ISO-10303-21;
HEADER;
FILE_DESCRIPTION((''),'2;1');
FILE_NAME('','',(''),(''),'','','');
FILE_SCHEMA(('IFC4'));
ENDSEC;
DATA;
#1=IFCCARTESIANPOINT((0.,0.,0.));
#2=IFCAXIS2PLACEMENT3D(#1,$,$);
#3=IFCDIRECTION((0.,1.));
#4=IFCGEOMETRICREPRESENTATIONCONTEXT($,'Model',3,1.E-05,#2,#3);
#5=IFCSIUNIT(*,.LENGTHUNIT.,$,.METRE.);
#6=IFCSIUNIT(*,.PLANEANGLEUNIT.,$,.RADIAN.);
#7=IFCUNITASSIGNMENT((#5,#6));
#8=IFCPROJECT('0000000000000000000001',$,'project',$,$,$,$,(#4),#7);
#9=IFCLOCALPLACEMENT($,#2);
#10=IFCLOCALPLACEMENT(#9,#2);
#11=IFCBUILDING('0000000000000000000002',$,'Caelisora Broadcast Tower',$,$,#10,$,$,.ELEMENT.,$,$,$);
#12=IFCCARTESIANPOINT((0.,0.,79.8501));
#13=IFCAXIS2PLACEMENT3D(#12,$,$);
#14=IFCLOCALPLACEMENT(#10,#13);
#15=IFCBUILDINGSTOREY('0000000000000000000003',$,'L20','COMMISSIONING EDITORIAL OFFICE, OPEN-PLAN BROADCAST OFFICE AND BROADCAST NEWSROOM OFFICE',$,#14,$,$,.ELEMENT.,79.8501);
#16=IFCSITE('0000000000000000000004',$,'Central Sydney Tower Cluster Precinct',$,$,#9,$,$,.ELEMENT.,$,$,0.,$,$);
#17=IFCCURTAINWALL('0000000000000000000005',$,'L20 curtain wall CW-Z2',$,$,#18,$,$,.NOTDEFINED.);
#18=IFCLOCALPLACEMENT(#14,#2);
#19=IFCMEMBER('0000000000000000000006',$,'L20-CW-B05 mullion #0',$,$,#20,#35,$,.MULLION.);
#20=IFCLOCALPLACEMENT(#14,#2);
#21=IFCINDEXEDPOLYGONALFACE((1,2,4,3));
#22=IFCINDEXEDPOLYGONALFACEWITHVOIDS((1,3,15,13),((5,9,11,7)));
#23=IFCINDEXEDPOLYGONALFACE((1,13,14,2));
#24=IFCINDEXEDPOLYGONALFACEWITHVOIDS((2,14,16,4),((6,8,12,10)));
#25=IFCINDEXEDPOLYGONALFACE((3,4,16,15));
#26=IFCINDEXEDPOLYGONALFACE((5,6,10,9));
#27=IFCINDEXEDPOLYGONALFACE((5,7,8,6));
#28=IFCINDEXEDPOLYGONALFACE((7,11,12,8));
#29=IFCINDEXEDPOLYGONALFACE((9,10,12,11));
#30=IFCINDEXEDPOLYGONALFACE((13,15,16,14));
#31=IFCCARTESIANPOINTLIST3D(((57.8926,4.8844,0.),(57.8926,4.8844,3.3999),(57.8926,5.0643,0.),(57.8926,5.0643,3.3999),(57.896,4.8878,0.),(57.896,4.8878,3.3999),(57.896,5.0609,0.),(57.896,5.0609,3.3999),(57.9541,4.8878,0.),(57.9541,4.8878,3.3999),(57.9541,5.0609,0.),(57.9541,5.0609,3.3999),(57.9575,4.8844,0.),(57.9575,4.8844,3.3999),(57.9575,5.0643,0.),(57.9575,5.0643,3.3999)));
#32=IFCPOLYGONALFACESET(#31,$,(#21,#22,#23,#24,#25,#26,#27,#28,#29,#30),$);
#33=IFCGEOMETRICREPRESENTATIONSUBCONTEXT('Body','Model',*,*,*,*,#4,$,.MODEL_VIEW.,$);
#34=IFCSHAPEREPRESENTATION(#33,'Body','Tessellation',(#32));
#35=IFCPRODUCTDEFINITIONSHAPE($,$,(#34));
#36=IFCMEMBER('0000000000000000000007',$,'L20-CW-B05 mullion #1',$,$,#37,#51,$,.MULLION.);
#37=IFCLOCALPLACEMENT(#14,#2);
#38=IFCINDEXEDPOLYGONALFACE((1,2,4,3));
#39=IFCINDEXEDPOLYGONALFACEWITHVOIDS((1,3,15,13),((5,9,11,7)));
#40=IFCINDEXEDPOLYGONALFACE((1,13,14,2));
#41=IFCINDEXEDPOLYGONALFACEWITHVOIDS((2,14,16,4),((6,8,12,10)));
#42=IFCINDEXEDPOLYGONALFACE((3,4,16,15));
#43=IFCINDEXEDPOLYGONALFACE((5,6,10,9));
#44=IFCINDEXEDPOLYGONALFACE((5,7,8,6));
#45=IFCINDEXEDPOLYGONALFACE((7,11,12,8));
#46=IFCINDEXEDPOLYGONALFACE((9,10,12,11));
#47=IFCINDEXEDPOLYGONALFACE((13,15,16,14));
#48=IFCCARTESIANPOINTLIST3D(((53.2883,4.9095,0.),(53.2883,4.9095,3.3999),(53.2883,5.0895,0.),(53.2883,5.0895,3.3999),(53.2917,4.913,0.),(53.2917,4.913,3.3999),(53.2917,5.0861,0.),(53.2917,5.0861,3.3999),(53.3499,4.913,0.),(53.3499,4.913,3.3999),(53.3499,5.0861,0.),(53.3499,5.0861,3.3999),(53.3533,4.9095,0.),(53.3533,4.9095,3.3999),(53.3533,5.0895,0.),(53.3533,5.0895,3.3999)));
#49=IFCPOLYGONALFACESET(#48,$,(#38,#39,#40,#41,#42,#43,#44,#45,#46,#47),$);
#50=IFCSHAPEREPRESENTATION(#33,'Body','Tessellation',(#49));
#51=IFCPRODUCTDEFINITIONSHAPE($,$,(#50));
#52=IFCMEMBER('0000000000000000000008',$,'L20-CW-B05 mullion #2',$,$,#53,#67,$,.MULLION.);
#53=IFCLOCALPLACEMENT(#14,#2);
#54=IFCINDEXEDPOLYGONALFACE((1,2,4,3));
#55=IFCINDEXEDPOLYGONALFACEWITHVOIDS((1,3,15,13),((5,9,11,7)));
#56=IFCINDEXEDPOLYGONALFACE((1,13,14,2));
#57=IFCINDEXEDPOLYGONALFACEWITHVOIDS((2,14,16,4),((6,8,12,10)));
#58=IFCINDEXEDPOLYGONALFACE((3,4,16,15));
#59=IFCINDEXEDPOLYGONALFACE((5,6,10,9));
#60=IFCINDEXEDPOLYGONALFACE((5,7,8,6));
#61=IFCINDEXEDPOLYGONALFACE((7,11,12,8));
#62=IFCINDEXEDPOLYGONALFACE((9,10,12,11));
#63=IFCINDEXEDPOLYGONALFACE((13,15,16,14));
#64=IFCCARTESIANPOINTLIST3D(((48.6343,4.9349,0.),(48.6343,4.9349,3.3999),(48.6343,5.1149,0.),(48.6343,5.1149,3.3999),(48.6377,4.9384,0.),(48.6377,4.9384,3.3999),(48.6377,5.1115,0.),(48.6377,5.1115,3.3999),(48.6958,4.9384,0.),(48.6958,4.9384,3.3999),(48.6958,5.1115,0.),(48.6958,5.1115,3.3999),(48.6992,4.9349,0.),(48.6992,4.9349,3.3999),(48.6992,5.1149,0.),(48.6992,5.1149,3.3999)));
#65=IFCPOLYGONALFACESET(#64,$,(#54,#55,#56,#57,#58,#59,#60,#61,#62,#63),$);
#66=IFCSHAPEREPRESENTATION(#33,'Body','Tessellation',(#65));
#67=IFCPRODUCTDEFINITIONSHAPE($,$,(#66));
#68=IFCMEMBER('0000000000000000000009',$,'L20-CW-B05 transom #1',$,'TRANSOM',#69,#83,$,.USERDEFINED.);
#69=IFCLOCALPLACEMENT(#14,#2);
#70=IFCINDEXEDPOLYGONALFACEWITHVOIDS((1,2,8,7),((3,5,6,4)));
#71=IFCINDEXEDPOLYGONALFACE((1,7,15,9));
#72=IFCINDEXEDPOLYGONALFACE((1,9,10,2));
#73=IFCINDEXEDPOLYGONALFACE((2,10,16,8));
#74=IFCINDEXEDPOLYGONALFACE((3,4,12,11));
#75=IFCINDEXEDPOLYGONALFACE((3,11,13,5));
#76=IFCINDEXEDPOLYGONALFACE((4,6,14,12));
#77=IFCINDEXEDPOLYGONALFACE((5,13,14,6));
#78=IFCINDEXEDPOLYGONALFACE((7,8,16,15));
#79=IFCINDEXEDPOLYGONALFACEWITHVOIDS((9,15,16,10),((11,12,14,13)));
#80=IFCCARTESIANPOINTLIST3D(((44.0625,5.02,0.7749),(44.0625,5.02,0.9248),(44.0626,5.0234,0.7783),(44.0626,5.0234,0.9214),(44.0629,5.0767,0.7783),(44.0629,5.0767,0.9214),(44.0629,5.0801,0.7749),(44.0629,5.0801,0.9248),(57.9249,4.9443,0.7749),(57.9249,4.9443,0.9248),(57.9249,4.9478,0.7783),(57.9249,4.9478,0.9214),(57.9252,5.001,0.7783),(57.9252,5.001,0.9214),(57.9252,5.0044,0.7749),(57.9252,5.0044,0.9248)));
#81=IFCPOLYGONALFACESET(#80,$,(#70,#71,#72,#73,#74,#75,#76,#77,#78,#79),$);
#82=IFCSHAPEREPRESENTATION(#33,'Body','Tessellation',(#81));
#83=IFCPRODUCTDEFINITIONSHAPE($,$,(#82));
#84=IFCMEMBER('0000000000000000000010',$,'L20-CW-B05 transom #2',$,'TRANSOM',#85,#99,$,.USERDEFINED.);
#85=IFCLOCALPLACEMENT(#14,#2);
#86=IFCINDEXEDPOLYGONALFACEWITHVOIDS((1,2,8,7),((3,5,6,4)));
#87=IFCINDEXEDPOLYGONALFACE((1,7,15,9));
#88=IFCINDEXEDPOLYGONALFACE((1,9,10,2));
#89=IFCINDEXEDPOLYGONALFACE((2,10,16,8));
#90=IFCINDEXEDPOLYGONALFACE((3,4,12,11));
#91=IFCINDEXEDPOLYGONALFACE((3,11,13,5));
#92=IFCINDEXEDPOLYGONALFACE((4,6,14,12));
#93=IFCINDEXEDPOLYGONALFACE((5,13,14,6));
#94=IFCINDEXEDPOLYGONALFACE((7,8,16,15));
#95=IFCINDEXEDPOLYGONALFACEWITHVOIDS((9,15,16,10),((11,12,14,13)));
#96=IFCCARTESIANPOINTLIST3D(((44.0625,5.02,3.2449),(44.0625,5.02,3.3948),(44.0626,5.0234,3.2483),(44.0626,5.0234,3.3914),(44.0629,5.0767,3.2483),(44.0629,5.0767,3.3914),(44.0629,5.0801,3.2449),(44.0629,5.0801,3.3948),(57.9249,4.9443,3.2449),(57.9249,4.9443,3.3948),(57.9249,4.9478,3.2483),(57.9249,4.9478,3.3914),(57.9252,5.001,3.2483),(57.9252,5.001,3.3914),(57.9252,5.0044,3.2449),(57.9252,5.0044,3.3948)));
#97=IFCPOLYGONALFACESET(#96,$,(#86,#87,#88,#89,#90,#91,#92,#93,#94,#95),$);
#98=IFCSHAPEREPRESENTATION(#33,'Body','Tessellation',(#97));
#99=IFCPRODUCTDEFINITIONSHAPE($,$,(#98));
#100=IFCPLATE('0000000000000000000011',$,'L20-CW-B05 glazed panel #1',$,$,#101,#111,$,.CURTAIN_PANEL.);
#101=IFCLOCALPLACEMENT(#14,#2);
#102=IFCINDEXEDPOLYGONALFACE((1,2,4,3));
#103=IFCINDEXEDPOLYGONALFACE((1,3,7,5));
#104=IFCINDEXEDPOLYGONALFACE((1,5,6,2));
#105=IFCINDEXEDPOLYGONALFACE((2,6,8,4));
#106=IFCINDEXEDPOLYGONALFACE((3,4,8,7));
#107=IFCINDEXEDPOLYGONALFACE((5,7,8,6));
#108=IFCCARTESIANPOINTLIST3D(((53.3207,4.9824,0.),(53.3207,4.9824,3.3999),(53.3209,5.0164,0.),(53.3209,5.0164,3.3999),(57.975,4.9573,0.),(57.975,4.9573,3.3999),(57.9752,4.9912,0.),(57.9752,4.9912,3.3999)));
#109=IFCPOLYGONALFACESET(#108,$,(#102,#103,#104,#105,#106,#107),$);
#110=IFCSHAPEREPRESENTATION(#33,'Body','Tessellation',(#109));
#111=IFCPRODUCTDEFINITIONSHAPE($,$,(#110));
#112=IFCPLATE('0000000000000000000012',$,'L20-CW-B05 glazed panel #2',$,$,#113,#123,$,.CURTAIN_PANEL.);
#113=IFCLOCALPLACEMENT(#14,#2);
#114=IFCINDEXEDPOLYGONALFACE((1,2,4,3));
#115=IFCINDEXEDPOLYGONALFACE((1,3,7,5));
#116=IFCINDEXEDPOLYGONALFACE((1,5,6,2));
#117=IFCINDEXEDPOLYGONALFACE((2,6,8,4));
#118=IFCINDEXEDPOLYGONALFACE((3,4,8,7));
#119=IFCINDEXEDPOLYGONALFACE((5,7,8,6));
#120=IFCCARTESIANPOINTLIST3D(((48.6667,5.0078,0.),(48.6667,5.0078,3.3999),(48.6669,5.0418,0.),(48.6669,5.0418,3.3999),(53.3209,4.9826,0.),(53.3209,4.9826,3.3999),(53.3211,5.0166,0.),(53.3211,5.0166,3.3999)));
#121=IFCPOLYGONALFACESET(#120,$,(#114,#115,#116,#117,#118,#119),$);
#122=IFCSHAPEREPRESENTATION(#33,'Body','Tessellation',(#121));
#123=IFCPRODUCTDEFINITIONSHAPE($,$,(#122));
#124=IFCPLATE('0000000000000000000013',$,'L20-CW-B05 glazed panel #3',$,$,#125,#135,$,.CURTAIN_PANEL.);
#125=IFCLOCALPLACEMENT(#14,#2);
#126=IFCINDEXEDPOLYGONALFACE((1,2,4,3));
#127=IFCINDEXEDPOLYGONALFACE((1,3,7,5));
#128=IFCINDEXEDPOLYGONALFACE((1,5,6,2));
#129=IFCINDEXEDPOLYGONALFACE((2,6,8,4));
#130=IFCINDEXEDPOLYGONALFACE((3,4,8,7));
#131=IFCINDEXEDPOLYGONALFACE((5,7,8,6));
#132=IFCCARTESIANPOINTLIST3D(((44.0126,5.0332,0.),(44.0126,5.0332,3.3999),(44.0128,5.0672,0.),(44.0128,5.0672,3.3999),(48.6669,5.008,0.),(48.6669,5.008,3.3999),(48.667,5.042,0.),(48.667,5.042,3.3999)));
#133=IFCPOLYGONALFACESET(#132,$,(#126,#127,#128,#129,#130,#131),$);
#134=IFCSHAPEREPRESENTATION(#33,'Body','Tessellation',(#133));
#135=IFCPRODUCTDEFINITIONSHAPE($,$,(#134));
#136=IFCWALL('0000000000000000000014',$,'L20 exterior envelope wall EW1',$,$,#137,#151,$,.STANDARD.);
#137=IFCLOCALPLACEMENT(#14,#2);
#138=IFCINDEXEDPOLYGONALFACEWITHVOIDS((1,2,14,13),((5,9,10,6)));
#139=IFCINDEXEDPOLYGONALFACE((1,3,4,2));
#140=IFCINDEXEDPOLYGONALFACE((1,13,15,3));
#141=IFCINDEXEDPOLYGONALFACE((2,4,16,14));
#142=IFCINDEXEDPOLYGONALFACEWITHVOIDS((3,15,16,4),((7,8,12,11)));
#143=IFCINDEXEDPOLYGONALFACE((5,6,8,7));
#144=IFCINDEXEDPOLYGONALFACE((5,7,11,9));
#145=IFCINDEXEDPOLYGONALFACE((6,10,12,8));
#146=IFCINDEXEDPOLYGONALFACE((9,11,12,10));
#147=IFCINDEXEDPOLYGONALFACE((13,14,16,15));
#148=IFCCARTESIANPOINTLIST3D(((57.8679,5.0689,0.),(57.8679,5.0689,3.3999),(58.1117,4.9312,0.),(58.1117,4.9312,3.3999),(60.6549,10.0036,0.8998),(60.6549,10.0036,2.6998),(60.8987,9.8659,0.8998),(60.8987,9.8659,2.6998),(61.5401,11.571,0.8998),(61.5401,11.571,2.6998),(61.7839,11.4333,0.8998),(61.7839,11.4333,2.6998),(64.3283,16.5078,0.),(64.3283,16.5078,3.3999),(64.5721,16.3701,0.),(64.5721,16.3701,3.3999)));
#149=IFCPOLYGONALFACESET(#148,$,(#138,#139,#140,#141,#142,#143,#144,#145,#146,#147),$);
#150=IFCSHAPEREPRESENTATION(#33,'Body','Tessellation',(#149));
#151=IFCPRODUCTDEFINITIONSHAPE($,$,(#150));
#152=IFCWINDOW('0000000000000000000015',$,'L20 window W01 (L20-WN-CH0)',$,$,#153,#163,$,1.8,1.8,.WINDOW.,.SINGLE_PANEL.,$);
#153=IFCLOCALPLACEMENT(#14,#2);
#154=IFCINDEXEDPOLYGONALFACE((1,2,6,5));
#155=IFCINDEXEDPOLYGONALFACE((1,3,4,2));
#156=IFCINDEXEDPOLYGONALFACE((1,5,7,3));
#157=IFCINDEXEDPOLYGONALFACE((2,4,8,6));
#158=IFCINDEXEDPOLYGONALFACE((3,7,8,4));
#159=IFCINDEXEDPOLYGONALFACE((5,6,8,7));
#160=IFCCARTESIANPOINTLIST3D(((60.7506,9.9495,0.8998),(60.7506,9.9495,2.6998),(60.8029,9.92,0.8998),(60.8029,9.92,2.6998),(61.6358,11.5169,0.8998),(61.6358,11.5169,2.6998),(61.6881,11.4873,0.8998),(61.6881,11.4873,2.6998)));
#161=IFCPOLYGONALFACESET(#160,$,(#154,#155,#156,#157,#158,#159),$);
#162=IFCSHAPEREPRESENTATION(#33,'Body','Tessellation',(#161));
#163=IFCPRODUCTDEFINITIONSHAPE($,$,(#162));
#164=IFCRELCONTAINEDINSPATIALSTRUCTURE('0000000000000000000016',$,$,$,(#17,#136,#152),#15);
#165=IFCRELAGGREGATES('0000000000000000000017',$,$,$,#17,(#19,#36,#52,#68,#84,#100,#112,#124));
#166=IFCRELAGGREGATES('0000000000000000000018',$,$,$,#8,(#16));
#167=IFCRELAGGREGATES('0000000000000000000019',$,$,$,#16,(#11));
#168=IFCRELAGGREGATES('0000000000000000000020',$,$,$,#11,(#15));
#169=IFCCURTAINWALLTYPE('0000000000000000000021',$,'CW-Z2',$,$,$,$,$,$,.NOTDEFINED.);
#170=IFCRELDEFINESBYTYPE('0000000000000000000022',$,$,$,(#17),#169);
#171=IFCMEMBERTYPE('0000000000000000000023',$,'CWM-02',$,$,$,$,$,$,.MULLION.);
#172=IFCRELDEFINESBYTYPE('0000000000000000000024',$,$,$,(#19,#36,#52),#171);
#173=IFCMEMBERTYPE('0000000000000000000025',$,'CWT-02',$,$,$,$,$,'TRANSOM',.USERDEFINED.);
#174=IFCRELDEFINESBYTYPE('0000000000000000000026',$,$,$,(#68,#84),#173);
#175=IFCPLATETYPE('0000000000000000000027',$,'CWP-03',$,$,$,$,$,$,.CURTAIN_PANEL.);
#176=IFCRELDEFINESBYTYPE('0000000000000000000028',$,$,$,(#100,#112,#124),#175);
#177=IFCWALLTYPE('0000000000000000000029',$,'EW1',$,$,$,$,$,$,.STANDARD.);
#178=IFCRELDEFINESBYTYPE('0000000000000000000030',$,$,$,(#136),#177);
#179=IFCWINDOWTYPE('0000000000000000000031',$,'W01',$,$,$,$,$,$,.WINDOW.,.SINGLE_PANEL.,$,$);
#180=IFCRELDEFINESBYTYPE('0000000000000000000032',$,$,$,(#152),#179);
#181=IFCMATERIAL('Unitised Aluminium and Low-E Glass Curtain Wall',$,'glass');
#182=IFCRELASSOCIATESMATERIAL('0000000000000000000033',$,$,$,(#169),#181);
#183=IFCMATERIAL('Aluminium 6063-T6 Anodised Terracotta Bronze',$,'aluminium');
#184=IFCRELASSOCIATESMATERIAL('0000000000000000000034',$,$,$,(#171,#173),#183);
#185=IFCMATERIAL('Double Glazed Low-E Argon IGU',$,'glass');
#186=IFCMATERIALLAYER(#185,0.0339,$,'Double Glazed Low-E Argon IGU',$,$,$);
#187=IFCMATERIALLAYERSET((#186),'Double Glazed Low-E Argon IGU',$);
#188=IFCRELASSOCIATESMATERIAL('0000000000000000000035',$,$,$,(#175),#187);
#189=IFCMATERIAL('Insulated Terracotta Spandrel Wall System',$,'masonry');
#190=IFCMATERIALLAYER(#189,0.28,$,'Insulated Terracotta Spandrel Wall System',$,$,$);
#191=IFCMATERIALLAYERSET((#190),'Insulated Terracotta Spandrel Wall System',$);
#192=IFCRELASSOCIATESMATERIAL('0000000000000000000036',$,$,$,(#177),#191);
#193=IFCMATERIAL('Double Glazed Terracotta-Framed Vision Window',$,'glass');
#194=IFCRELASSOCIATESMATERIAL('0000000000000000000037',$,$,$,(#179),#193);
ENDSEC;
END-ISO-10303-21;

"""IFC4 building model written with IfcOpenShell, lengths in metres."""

from ifc_helpers import new_model, si_unit, direction, frame, frame_2d, origin, origin_2d, place, context, subcontext, project, spatial, rectangle, hollow_rectangle, extrude, source, transform, mapped, material, layer, layer_set, material_profile, profile_set, type_object, type_shapes, element, fill, aggregate, save


model = new_model("IFC4")

# Units and contexts
model_context = context("Model", 3, precision=1e-05, world=origin(), true_north=direction((0.0, 1.0)))
body_context = subcontext(model_context, "Body", "Model", "MODEL_VIEW")
ifc_project = project(units=[si_unit("LENGTHUNIT", "METRE"), si_unit("PLANEANGLEUNIT", "RADIAN")], contexts=[model_context])

# Site, building, storey
site_placement = place(None, origin())
site = spatial("IfcSite", under=ifc_project, at=site_placement, Name="Central Sydney Tower Cluster Precinct", CompositionType="ELEMENT", RefElevation=0.0)
building_placement = place(site_placement, origin())
building = spatial("IfcBuilding", under=site, at=building_placement, Name="Caelisora Broadcast Tower", CompositionType="ELEMENT")
storey_placement = place(building_placement, frame((0.0, 0.0, 79.8501)))
storey = spatial("IfcBuildingStorey", under=building, at=storey_placement, Name="L20", Description="COMMISSIONING EDITORIAL OFFICE, OPEN-PLAN BROADCAST OFFICE AND BROADCAST NEWSROOM OFFICE", CompositionType="ELEMENT", Elevation=79.8501)

# Shared definitions
ifc_material_1 = material(Name="Unitised Aluminium and Low-E Glass Curtain Wall", Category="glass")
curtain_wall_type = type_object("IfcCurtainWallType", Name="CW-Z2", PredefinedType="NOTDEFINED", material=ifc_material_1)
ifc_material_2 = material(Name="Aluminium 6063-T6 Anodised Terracotta Bronze", Category="aluminium")
ifc_material_profile_1 = material_profile(ifc_material_2, hollow_rectangle(XDim=0.0649, YDim=0.1799, WallThickness=0.0034, at=origin_2d()), Name="Aluminium 6063-T6 Anodised Terracotta Bronze")
ifc_profile_set_1 = profile_set([ifc_material_profile_1], Name="Aluminium 6063-T6 Anodised Terracotta Bronze")
member_type_1 = type_object("IfcMemberType", Name="CWM-02", PredefinedType="MULLION", material=ifc_profile_set_1)
shared_shape_1 = source(origin(), body_context, "Body", "SweptSolid", [
    extrude(hollow_rectangle(XDim=0.0649, YDim=0.1799, WallThickness=0.0034, at=origin_2d()), origin(), (0.0, 0.0, 1.0), 3.3999),
])
type_shapes(member_type_1, [shared_shape_1])

# Curtain wall, members, plates
curtain_wall_1_placement = place(storey_placement, origin())
curtain_wall_1 = element("IfcCurtainWall", 1, at=curtain_wall_1_placement, inside=storey, type_object=curtain_wall_type, Name="L20 curtain wall CW-Z2", PredefinedType="NOTDEFINED")
member_1_placement = place(storey_placement, frame((57.925, 4.9744, 0.0), z_axis=(0.0, 0.0, 1.0), x_axis=(1.0, 0.0, 0.0)))
member_1 = element("IfcMember", 2, at=member_1_placement, type_object=member_type_1, Name="L20-CW-B05 mullion #0", PredefinedType="MULLION", context=body_context, shape_type="MappedRepresentation", body=[
    mapped(shared_shape_1, transform((0.0, 0.0, 0.0), scale=1.0)),
])
member_2_placement = place(storey_placement, frame((53.3208, 4.9995, 0.0), z_axis=(0.0, 0.0, 1.0), x_axis=(1.0, 0.0, 0.0)))
member_2 = element("IfcMember", 3, at=member_2_placement, type_object=member_type_1, Name="L20-CW-B05 mullion #1", PredefinedType="MULLION", context=body_context, shape_type="MappedRepresentation", body=[
    mapped(shared_shape_1, transform((0.0, 0.0, 0.0), scale=1.0)),
])
member_3_placement = place(storey_placement, frame((48.6667, 5.0249, 0.0), z_axis=(0.0, 0.0, 1.0), x_axis=(1.0, 0.0, 0.0)))
member_3 = element("IfcMember", 4, at=member_3_placement, type_object=member_type_1, Name="L20-CW-B05 mullion #2", PredefinedType="MULLION", context=body_context, shape_type="MappedRepresentation", body=[
    mapped(shared_shape_1, transform((0.0, 0.0, 0.0), scale=1.0)),
])
ifc_material_profile_2 = material_profile(ifc_material_2, hollow_rectangle(XDim=0.0601, YDim=0.1499, WallThickness=0.0034, at=origin_2d()), Name="Aluminium 6063-T6 Anodised Terracotta Bronze")
ifc_profile_set_2 = profile_set([ifc_material_profile_2], Name="Aluminium 6063-T6 Anodised Terracotta Bronze")
member_type_2 = type_object("IfcMemberType", Name="CWT-02", ElementType="TRANSOM", PredefinedType="USERDEFINED", material=ifc_profile_set_2)
shared_shape_2 = source(origin(), body_context, "Body", "SweptSolid", [
    extrude(hollow_rectangle(XDim=0.0601, YDim=0.1499, WallThickness=0.0034, at=origin_2d()), origin(), (0.0, 0.0, 1.0), 13.8625),
])
type_shapes(member_type_2, [shared_shape_2])
member_4_placement = place(storey_placement, frame((57.925, 4.9744, 0.8499), z_axis=(-0.999985, 0.00546, 0.0), x_axis=(-0.00546, -0.999985, 0.0)))
member_4 = element("IfcMember", 5, at=member_4_placement, type_object=member_type_2, Name="L20-CW-B05 transom #1", ObjectType="TRANSOM", PredefinedType="USERDEFINED", context=body_context, shape_type="MappedRepresentation", body=[
    mapped(shared_shape_2, transform((0.0, 0.0, 0.0), scale=1.0)),
])
member_5_placement = place(storey_placement, frame((57.925, 4.9744, 3.3198), z_axis=(-0.999985, 0.00546, 0.0), x_axis=(-0.00546, -0.999985, 0.0)))
member_5 = element("IfcMember", 6, at=member_5_placement, type_object=member_type_2, Name="L20-CW-B05 transom #2", ObjectType="TRANSOM", PredefinedType="USERDEFINED", context=body_context, shape_type="MappedRepresentation", body=[
    mapped(shared_shape_2, transform((0.0, 0.0, 0.0), scale=1.0)),
])
ifc_material_3 = material(Name="Double Glazed Low-E Argon IGU", Category="glass")
ifc_layer_1 = layer(ifc_material_3, 0.0339, Name="Double Glazed Low-E Argon IGU")
ifc_layer_set_1 = layer_set([ifc_layer_1], Name="Double Glazed Low-E Argon IGU")
plate_type = type_object("IfcPlateType", Name="CWP-03", PredefinedType="CURTAIN_PANEL", material=ifc_layer_set_1)
shared_shape_3 = source(origin(), body_context, "Body", "SweptSolid", [
    extrude(rectangle(XDim=4.6543, YDim=0.0339, at=origin_2d()), origin(), (0.0, 0.0, 1.0), 3.3999),
])
type_shapes(plate_type, [shared_shape_3])
plate_1_placement = place(storey_placement, frame((55.6479, 4.9868, 0.0), z_axis=(0.0, 0.0, 1.0), x_axis=(-0.999985, 0.00541, 0.0)))
plate_1 = element("IfcPlate", 7, at=plate_1_placement, type_object=plate_type, Name="L20-CW-B05 glazed panel #1", PredefinedType="CURTAIN_PANEL", context=body_context, shape_type="MappedRepresentation", body=[
    mapped(shared_shape_3, transform((0.0, 0.0, 0.0), scale=1.0)),
])
plate_2_placement = place(storey_placement, frame((50.9939, 5.0122, 0.0), z_axis=(0.0, 0.0, 1.0), x_axis=(-0.999985, 0.00541, 0.0)))
plate_2 = element("IfcPlate", 8, at=plate_2_placement, type_object=plate_type, Name="L20-CW-B05 glazed panel #2", PredefinedType="CURTAIN_PANEL", context=body_context, shape_type="MappedRepresentation", body=[
    mapped(shared_shape_3, transform((0.0, 0.0, 0.0), scale=1.0)),
])
plate_3_placement = place(storey_placement, frame((46.3398, 5.0376, 0.0), z_axis=(0.0, 0.0, 1.0), x_axis=(-0.999985, 0.00541, 0.0)))
plate_3 = element("IfcPlate", 9, at=plate_3_placement, type_object=plate_type, Name="L20-CW-B05 glazed panel #3", PredefinedType="CURTAIN_PANEL", context=body_context, shape_type="MappedRepresentation", body=[
    mapped(shared_shape_3, transform((0.0, 0.0, 0.0), scale=1.0)),
])
aggregate(curtain_wall_1, [member_1, member_2, member_3, member_4, member_5, plate_1, plate_2, plate_3])

# Wall, opening, window
ifc_material_4 = material(Name="Insulated Terracotta Spandrel Wall System", Category="masonry")
ifc_layer_2 = layer(ifc_material_4, 0.28, Name="Insulated Terracotta Spandrel Wall System")
ifc_layer_set_2 = layer_set([ifc_layer_2], Name="Insulated Terracotta Spandrel Wall System")
wall_type_1 = type_object("IfcWallType", Name="EW1", PredefinedType="STANDARD", material=ifc_layer_set_2)
wall_1_placement = place(storey_placement, frame((64.4502, 16.439, 0.0), z_axis=(0.0, 0.0, 1.0), x_axis=(-0.491766, -0.870728, 0.0)))
wall_1 = element("IfcWall", 10, at=wall_1_placement, inside=storey, type_object=wall_type_1, Name="L20 exterior envelope wall EW1", PredefinedType="STANDARD", context=body_context, shape_type="SweptSolid", body=[
    extrude(rectangle(XDim=13.1372, YDim=0.28, at=frame_2d((6.5686, 0.0))), origin(), (0.0, 0.0, 1.0), 3.3999),
])
opening_1_placement = place(wall_1_placement, frame((5.6699, 0.0, 0.8999)))
opening_1 = element("IfcOpeningElement", 11, at=opening_1_placement, cuts=wall_1, PredefinedType="OPENING", context=body_context, shape_type="SweptSolid", body=[
    extrude(rectangle(XDim=1.8, YDim=1.8, at=frame_2d((0.8999, 0.8999))), frame((0.0, 0.1521, 0.0), z_axis=(0.0, -1.0, 0.0), x_axis=(1.0, 0.0, 0.0)), (0.0, 0.0, 1.0), 0.304),
])
ifc_material_5 = material(Name="Double Glazed Terracotta-Framed Vision Window", Category="glass")
window_type = type_object("IfcWindowType", Name="W01", PartitioningType="SINGLE_PANEL", PredefinedType="WINDOW", material=ifc_material_5)
window_placement = place(opening_1_placement, origin())
window = element("IfcWindow", 12, at=window_placement, inside=storey, type_object=window_type, Name="L20 window W01 (L20-WN-CH0)", OverallHeight=1.8, OverallWidth=1.8, PartitioningType="SINGLE_PANEL", PredefinedType="WINDOW", context=body_context, shape_type="SweptSolid", body=[
    extrude(rectangle(XDim=1.8, YDim=1.8, at=frame_2d((0.8999, 0.8999))), frame((0.0, 0.03, 0.0), z_axis=(0.0, -1.0, 0.0), x_axis=(1.0, 0.0, 0.0)), (0.0, 0.0, 1.0), 0.0601),
])
fill(opening_1, window)

save(model, "model.ifc")
